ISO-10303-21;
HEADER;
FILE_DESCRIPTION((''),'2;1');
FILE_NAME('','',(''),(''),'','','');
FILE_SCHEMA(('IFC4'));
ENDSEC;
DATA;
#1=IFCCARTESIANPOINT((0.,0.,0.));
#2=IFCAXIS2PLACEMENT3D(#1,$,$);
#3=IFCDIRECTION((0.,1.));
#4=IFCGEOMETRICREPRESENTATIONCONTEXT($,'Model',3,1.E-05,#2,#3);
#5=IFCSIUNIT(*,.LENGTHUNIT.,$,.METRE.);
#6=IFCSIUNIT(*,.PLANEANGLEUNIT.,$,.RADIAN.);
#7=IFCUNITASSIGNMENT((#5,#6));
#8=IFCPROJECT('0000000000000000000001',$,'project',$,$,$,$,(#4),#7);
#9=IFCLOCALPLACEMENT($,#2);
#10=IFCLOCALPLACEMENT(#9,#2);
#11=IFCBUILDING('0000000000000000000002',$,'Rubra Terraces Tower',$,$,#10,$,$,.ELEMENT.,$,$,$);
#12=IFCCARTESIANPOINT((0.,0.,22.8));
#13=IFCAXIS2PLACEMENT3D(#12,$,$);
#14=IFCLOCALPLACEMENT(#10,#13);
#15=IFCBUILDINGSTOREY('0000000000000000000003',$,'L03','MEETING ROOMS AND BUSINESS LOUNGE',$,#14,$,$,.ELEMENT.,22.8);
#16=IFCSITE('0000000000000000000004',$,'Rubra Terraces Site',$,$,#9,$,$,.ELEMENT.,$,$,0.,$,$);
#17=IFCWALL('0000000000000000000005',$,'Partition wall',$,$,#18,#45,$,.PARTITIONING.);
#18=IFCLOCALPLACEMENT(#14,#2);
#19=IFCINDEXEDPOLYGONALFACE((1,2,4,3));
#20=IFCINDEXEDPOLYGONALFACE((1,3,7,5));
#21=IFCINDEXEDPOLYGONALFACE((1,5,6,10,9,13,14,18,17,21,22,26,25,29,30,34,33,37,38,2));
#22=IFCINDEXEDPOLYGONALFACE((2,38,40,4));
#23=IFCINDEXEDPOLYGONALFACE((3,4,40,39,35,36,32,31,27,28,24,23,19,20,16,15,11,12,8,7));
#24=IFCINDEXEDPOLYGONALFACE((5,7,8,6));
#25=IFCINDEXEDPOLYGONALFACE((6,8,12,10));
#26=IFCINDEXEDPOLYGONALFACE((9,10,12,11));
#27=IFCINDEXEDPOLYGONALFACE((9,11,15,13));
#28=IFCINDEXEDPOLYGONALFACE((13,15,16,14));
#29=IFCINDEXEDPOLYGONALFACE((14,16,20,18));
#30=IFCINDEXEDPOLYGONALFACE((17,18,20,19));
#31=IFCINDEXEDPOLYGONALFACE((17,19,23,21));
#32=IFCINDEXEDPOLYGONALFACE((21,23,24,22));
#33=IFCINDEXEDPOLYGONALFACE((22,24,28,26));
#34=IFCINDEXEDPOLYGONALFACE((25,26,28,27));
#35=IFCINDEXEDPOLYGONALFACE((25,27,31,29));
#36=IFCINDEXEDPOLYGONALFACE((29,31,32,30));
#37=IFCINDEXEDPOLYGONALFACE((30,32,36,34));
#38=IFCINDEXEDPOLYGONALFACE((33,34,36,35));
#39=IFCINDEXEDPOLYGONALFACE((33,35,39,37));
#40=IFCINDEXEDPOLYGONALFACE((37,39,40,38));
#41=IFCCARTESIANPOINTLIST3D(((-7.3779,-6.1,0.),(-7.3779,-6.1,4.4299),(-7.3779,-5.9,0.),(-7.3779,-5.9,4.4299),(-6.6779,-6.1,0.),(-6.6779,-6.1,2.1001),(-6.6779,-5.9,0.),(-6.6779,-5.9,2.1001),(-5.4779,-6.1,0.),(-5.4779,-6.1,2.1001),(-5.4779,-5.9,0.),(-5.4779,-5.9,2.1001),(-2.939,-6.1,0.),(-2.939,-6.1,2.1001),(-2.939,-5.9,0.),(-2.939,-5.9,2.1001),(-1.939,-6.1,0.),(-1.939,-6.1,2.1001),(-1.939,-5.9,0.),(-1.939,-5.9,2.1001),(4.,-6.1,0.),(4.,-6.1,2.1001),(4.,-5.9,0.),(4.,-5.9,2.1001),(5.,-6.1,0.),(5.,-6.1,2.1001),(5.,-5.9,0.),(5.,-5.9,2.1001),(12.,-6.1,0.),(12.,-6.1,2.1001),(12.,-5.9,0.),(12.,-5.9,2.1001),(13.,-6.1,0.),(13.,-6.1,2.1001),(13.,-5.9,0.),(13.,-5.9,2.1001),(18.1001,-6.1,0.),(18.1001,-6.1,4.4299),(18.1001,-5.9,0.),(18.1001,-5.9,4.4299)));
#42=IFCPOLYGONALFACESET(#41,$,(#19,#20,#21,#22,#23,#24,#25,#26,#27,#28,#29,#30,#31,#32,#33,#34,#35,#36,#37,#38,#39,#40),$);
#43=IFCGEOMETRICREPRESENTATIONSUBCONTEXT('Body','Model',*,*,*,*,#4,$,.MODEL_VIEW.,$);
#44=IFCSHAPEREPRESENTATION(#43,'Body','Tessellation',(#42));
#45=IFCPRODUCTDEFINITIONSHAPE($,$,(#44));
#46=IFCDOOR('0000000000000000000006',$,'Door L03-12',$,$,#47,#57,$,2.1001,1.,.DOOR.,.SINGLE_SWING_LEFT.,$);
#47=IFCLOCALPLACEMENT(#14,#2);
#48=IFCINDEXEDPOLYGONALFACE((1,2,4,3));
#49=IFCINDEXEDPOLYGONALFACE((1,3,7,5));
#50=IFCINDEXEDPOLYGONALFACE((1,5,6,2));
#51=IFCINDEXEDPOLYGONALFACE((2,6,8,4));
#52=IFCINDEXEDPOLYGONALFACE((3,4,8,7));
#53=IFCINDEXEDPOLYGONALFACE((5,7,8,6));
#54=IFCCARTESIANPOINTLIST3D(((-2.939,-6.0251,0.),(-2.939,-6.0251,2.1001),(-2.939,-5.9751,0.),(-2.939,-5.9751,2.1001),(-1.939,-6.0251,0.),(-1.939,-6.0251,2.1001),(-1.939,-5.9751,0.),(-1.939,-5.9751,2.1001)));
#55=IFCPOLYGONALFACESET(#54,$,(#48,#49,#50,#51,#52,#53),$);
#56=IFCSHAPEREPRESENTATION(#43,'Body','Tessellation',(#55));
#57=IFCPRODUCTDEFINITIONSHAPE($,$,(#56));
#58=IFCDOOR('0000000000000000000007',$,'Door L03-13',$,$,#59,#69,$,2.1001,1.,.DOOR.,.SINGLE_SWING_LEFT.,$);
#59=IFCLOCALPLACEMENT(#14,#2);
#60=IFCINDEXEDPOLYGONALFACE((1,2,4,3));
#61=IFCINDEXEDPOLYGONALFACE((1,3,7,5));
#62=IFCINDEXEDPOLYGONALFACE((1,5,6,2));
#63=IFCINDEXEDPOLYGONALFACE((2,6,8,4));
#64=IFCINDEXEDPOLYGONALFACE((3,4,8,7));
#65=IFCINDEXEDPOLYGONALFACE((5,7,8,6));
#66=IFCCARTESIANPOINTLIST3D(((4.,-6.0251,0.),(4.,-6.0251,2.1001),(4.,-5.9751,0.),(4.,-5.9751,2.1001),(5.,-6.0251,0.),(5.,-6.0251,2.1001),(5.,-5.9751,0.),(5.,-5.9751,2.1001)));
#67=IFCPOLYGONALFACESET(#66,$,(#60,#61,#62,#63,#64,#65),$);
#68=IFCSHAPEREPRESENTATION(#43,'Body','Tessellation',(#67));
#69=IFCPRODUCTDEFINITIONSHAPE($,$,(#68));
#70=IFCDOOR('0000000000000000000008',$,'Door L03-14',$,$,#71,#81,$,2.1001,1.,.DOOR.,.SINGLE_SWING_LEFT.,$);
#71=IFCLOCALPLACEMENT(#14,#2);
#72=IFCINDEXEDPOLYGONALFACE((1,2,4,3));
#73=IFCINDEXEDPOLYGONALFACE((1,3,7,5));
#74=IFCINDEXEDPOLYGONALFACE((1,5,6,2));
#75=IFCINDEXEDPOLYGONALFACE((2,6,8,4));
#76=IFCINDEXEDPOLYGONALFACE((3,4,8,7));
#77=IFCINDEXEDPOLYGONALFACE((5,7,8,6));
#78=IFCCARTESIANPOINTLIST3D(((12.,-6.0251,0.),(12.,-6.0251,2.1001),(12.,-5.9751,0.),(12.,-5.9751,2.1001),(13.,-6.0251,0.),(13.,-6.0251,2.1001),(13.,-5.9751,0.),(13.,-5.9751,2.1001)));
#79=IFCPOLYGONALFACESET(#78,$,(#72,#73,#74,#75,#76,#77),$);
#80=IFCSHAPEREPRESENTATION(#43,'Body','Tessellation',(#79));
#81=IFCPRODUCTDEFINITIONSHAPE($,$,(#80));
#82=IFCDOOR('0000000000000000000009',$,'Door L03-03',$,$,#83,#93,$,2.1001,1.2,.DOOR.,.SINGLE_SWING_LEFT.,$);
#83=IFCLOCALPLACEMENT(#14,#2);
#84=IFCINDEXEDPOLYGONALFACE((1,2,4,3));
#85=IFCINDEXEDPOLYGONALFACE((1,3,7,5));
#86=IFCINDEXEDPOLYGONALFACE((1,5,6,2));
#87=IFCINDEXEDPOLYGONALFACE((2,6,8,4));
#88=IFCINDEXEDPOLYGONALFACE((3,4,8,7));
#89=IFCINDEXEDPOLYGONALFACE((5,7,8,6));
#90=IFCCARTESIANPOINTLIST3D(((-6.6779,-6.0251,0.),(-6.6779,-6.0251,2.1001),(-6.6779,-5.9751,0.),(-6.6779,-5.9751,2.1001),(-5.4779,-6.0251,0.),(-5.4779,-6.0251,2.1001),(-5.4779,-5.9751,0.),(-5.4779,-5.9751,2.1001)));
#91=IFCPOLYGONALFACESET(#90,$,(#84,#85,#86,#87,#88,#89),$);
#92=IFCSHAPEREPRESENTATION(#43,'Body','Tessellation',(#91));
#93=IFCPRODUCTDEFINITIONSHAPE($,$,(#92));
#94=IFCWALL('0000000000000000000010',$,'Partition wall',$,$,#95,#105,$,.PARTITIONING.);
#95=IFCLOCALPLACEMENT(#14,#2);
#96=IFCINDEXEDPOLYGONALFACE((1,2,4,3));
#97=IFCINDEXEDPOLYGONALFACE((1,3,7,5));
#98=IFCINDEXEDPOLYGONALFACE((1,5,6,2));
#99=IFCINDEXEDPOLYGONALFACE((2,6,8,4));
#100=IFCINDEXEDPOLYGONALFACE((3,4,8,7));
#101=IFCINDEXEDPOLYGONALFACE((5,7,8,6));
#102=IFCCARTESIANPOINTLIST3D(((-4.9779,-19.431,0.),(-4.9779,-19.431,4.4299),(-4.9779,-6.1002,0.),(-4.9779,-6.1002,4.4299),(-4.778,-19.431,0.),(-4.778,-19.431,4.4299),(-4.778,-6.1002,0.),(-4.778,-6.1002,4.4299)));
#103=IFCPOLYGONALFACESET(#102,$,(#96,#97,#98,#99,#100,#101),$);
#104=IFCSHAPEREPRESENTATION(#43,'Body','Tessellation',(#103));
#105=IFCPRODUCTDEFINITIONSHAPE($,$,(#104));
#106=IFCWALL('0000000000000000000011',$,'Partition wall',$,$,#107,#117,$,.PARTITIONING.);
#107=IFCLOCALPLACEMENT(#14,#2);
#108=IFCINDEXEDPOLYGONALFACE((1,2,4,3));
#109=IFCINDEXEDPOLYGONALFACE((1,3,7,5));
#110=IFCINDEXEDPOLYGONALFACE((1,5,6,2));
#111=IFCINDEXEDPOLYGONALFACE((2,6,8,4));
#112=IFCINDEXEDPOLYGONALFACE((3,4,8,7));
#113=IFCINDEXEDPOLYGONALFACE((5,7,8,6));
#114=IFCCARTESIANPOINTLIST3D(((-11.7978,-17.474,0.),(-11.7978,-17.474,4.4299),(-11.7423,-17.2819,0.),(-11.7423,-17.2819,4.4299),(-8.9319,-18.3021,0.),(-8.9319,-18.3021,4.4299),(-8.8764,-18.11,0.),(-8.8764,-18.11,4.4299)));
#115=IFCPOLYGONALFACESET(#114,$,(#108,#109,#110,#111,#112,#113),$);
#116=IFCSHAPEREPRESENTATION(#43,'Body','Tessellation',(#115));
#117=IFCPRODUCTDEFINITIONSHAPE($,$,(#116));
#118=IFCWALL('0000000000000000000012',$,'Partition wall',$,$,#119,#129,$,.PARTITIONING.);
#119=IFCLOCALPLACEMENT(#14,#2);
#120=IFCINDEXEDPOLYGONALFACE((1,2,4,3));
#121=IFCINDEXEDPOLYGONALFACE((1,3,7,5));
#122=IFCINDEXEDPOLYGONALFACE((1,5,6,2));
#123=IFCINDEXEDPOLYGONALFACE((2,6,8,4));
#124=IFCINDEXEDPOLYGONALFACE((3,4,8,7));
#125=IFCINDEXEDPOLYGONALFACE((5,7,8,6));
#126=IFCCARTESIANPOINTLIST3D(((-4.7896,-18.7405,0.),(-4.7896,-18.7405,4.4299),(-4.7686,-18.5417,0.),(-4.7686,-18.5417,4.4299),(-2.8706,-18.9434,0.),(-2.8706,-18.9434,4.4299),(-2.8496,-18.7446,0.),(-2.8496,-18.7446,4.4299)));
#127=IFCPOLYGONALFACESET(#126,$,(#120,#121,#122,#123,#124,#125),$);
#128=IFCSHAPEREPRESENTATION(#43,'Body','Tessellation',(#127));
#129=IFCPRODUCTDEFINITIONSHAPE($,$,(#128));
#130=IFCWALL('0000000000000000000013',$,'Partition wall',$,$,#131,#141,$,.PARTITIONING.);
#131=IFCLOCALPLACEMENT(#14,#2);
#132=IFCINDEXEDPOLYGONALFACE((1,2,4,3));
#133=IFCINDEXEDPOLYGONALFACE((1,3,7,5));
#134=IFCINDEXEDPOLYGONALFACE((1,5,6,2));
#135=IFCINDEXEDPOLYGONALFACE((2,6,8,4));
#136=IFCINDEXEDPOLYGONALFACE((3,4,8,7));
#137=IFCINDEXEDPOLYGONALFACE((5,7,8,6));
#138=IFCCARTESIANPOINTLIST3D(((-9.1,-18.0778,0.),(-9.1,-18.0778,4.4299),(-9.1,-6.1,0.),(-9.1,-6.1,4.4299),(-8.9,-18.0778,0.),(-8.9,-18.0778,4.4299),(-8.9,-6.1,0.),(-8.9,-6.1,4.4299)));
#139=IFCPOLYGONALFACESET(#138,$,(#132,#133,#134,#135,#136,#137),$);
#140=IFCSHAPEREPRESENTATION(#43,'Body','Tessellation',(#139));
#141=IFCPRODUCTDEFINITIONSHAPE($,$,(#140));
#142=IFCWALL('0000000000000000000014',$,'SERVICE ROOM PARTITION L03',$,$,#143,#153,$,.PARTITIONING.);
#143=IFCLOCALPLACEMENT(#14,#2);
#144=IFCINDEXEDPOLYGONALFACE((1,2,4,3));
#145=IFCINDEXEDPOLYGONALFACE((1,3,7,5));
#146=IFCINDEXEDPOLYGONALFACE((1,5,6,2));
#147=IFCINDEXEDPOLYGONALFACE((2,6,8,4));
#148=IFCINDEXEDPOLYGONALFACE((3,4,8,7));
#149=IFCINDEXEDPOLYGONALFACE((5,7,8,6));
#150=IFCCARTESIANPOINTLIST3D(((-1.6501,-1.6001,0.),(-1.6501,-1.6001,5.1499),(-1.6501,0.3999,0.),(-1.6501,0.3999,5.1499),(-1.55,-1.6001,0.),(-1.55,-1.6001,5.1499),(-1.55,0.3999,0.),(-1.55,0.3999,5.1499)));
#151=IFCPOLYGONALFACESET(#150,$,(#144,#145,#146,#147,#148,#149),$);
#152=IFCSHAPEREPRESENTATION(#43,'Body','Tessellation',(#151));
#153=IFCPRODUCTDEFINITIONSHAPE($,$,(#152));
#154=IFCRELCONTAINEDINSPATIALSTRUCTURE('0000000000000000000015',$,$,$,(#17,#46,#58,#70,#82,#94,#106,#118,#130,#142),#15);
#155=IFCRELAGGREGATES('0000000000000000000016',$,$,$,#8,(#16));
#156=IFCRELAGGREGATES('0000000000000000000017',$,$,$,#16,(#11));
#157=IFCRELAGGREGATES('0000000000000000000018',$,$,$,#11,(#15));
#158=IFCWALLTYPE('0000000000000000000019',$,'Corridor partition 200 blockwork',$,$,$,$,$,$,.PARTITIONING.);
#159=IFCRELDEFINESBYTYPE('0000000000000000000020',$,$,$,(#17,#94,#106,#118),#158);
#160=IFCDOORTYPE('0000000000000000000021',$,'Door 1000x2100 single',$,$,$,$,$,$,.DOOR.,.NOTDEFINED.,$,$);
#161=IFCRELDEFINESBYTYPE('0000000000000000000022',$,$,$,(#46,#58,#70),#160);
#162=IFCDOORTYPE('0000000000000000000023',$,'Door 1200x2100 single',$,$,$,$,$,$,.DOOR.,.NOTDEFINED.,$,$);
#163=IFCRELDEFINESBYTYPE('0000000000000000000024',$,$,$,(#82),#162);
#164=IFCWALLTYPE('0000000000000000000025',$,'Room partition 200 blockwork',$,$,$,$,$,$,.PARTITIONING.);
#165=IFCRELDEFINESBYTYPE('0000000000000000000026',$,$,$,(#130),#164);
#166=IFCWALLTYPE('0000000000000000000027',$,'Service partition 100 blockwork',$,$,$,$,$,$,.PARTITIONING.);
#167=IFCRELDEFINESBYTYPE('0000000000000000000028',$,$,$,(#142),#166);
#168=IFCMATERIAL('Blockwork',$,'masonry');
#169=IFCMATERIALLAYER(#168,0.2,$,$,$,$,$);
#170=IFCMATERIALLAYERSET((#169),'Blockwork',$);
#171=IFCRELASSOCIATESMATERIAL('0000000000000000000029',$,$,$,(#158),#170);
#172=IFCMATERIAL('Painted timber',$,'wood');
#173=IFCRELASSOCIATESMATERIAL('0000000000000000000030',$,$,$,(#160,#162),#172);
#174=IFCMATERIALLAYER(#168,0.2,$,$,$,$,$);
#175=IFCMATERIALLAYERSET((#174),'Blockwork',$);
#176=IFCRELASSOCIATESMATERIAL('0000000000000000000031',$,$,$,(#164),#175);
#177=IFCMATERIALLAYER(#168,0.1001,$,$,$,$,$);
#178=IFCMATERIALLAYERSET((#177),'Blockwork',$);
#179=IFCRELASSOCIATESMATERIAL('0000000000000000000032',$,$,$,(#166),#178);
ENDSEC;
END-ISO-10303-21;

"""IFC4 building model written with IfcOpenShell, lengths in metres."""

from ifc_helpers import new_model, si_unit, direction, frame, frame_2d, origin, place, context, subcontext, project, spatial, rectangle, extrude, material, layer, layer_set, type_object, element, fill, save


model = new_model("IFC4")

# Units and contexts
model_context = context("Model", 3, precision=1e-05, world=origin(), true_north=direction((0.0, 1.0)))
body_context = subcontext(model_context, "Body", "Model", "MODEL_VIEW")
ifc_project = project(units=[si_unit("LENGTHUNIT", "METRE"), si_unit("PLANEANGLEUNIT", "RADIAN")], contexts=[model_context])

# Site, building, storey
site_placement = place(None, origin())
site = spatial("IfcSite", under=ifc_project, at=site_placement, Name="Rubra Terraces Site", CompositionType="ELEMENT", RefElevation=0.0)
building_placement = place(site_placement, origin())
building = spatial("IfcBuilding", under=site, at=building_placement, Name="Rubra Terraces Tower", CompositionType="ELEMENT")
storey_placement = place(building_placement, frame((0.0, 0.0, 22.8)))
storey = spatial("IfcBuildingStorey", under=building, at=storey_placement, Name="L03", Description="MEETING ROOMS AND BUSINESS LOUNGE", CompositionType="ELEMENT", Elevation=22.8)

# Shared definitions
ifc_material_1 = material(Name="Blockwork", Category="masonry")
ifc_layer_1 = layer(ifc_material_1, 0.2)
ifc_layer_set_1 = layer_set([ifc_layer_1], Name="Blockwork")
wall_type_1 = type_object("IfcWallType", Name="Corridor partition 200 blockwork", PredefinedType="PARTITIONING", material=ifc_layer_set_1)

# Wall, openings, doors
wall_1_placement = place(storey_placement, frame((-7.3779, -6.0, 0.0), z_axis=(0.0, 0.0, 1.0), x_axis=(1.0, 0.0, 0.0)))
wall_1 = element("IfcWall", 1, at=wall_1_placement, inside=storey, type_object=wall_type_1, Name="Partition wall", PredefinedType="PARTITIONING", context=body_context, shape_type="SweptSolid", body=[
    extrude(rectangle(XDim=25.478, YDim=0.2, at=frame_2d((12.739, 0.0))), origin(), (0.0, 0.0, 1.0), 4.4299),
])
opening_1_placement = place(wall_1_placement, frame((0.7, 0.0, 0.0)))
opening_1 = element("IfcOpeningElement", 2, at=opening_1_placement, cuts=wall_1, PredefinedType="OPENING", context=body_context, shape_type="SweptSolid", body=[
    extrude(rectangle(XDim=1.2, YDim=2.1001, at=frame_2d((0.6001, 1.05))), frame((0.0, 0.1099, 0.0), z_axis=(0.0, -1.0, 0.0), x_axis=(1.0, 0.0, 0.0)), (0.0, 0.0, 1.0), 0.22),
])
opening_2_placement = place(wall_1_placement, frame((4.439, 0.0, 0.0)))
opening_2 = element("IfcOpeningElement", 3, at=opening_2_placement, cuts=wall_1, PredefinedType="OPENING", context=body_context, shape_type="SweptSolid", body=[
    extrude(rectangle(XDim=1.0, YDim=2.1001, at=frame_2d((0.5, 1.05))), frame((0.0, 0.1099, 0.0), z_axis=(0.0, -1.0, 0.0), x_axis=(1.0, 0.0, 0.0)), (0.0, 0.0, 1.0), 0.22),
])
opening_3_placement = place(wall_1_placement, frame((11.3779, 0.0, 0.0)))
opening_3 = element("IfcOpeningElement", 4, at=opening_3_placement, cuts=wall_1, PredefinedType="OPENING", context=body_context, shape_type="SweptSolid", body=[
    extrude(rectangle(XDim=1.0, YDim=2.1001, at=frame_2d((0.5, 1.05))), frame((0.0, 0.1099, 0.0), z_axis=(0.0, -1.0, 0.0), x_axis=(1.0, 0.0, 0.0)), (0.0, 0.0, 1.0), 0.22),
])
opening_4_placement = place(wall_1_placement, frame((19.3779, 0.0, 0.0)))
opening_4 = element("IfcOpeningElement", 5, at=opening_4_placement, cuts=wall_1, PredefinedType="OPENING", context=body_context, shape_type="SweptSolid", body=[
    extrude(rectangle(XDim=1.0, YDim=2.1001, at=frame_2d((0.5, 1.05))), frame((0.0, 0.1099, 0.0), z_axis=(0.0, -1.0, 0.0), x_axis=(1.0, 0.0, 0.0)), (0.0, 0.0, 1.0), 0.22),
])
ifc_material_2 = material(Name="Painted timber", Category="wood")
door_type_1 = type_object("IfcDoorType", Name="Door 1000x2100 single", OperationType="NOTDEFINED", PredefinedType="DOOR", material=ifc_material_2)
door_1_placement = place(opening_2_placement, origin())
door_1 = element("IfcDoor", 6, at=door_1_placement, inside=storey, type_object=door_type_1, Name="Door L03-12", OperationType="SINGLE_SWING_LEFT", OverallHeight=2.1001, OverallWidth=1.0, PredefinedType="DOOR", context=body_context, shape_type="SweptSolid", body=[
    extrude(rectangle(XDim=1.0, YDim=2.1001, at=frame_2d((0.5, 1.05))), frame((0.0, 0.0249, 0.0), z_axis=(0.0, -1.0, 0.0), x_axis=(1.0, 0.0, 0.0)), (0.0, 0.0, 1.0), 0.05),
])
fill(opening_2, door_1)
door_2_placement = place(opening_3_placement, origin())
door_2 = element("IfcDoor", 7, at=door_2_placement, inside=storey, type_object=door_type_1, Name="Door L03-13", OperationType="SINGLE_SWING_LEFT", OverallHeight=2.1001, OverallWidth=1.0, PredefinedType="DOOR", context=body_context, shape_type="SweptSolid", body=[
    extrude(rectangle(XDim=1.0, YDim=2.1001, at=frame_2d((0.5, 1.05))), frame((0.0, 0.0249, 0.0), z_axis=(0.0, -1.0, 0.0), x_axis=(1.0, 0.0, 0.0)), (0.0, 0.0, 1.0), 0.05),
])
fill(opening_3, door_2)
door_3_placement = place(opening_4_placement, origin())
door_3 = element("IfcDoor", 8, at=door_3_placement, inside=storey, type_object=door_type_1, Name="Door L03-14", OperationType="SINGLE_SWING_LEFT", OverallHeight=2.1001, OverallWidth=1.0, PredefinedType="DOOR", context=body_context, shape_type="SweptSolid", body=[
    extrude(rectangle(XDim=1.0, YDim=2.1001, at=frame_2d((0.5, 1.05))), frame((0.0, 0.0249, 0.0), z_axis=(0.0, -1.0, 0.0), x_axis=(1.0, 0.0, 0.0)), (0.0, 0.0, 1.0), 0.05),
])
fill(opening_4, door_3)
door_type_2 = type_object("IfcDoorType", Name="Door 1200x2100 single", OperationType="NOTDEFINED", PredefinedType="DOOR", material=ifc_material_2)
door_4_placement = place(opening_1_placement, origin())
door_4 = element("IfcDoor", 9, at=door_4_placement, inside=storey, type_object=door_type_2, Name="Door L03-03", OperationType="SINGLE_SWING_LEFT", OverallHeight=2.1001, OverallWidth=1.2, PredefinedType="DOOR", context=body_context, shape_type="SweptSolid", body=[
    extrude(rectangle(XDim=1.2, YDim=2.1001, at=frame_2d((0.6001, 1.05))), frame((0.0, 0.0249, 0.0), z_axis=(0.0, -1.0, 0.0), x_axis=(1.0, 0.0, 0.0)), (0.0, 0.0, 1.0), 0.05),
])
fill(opening_1, door_4)

# Walls
wall_2_placement = place(storey_placement, frame((-4.8779, -6.1001, 0.0), z_axis=(0.0, 0.0, 1.0), x_axis=(0.0, -1.0, 0.0)))
element("IfcWall", 10, at=wall_2_placement, inside=storey, type_object=wall_type_1, Name="Partition wall", PredefinedType="PARTITIONING", context=body_context, shape_type="SweptSolid", body=[
    extrude(rectangle(XDim=13.3308, YDim=0.2, at=frame_2d((6.6655, 0.0))), origin(), (0.0, 0.0, 1.0), 4.4299),
])
wall_3_placement = place(storey_placement, frame((-8.9041, -18.2061, 0.0), z_axis=(0.0, 0.0, 1.0), x_axis=(-0.960698, 0.277595, 0.0)))
element("IfcWall", 11, at=wall_3_placement, inside=storey, type_object=wall_type_1, Name="Partition wall", PredefinedType="PARTITIONING", context=body_context, shape_type="SweptSolid", body=[
    extrude(rectangle(XDim=2.9832, YDim=0.2, at=frame_2d((1.4917, 0.0))), origin(), (0.0, 0.0, 1.0), 4.4299),
])
wall_4_placement = place(storey_placement, frame((-2.8601, -18.844, 0.0), z_axis=(0.0, 0.0, 1.0), x_axis=(-0.994458, 0.105139, 0.0)))
element("IfcWall", 12, at=wall_4_placement, inside=storey, type_object=wall_type_1, Name="Partition wall", PredefinedType="PARTITIONING", context=body_context, shape_type="SweptSolid", body=[
    extrude(rectangle(XDim=1.9297, YDim=0.2, at=frame_2d((0.9648, 0.0))), origin(), (0.0, 0.0, 1.0), 4.4299),
])
ifc_layer_2 = layer(ifc_material_1, 0.2)
ifc_layer_set_2 = layer_set([ifc_layer_2], Name="Blockwork")
wall_type_2 = type_object("IfcWallType", Name="Room partition 200 blockwork", PredefinedType="PARTITIONING", material=ifc_layer_set_2)
wall_5_placement = place(storey_placement, frame((-9.0, -6.1001, 0.0), z_axis=(0.0, 0.0, 1.0), x_axis=(0.0, -1.0, 0.0)))
element("IfcWall", 13, at=wall_5_placement, inside=storey, type_object=wall_type_2, Name="Partition wall", PredefinedType="PARTITIONING", context=body_context, shape_type="SweptSolid", body=[
    extrude(rectangle(XDim=11.9778, YDim=0.2, at=frame_2d((5.9888, 0.0))), origin(), (0.0, 0.0, 1.0), 4.4299),
])
ifc_layer_3 = layer(ifc_material_1, 0.1001)
ifc_layer_set_3 = layer_set([ifc_layer_3], Name="Blockwork")
wall_type_3 = type_object("IfcWallType", Name="Service partition 100 blockwork", PredefinedType="PARTITIONING", material=ifc_layer_set_3)
wall_6_placement = place(storey_placement, frame((-1.6001, -1.6001, 0.0), z_axis=(0.0, 0.0, 1.0), x_axis=(0.0, 1.0, 0.0)))
element("IfcWall", 14, at=wall_6_placement, inside=storey, type_object=wall_type_3, Name="SERVICE ROOM PARTITION L03", PredefinedType="PARTITIONING", context=body_context, shape_type="SweptSolid", body=[
    extrude(rectangle(XDim=2.0, YDim=0.1001, at=frame_2d((1.0, 0.0))), origin(), (0.0, 0.0, 1.0), 5.1499),
])

save(model, "model.ifc")
